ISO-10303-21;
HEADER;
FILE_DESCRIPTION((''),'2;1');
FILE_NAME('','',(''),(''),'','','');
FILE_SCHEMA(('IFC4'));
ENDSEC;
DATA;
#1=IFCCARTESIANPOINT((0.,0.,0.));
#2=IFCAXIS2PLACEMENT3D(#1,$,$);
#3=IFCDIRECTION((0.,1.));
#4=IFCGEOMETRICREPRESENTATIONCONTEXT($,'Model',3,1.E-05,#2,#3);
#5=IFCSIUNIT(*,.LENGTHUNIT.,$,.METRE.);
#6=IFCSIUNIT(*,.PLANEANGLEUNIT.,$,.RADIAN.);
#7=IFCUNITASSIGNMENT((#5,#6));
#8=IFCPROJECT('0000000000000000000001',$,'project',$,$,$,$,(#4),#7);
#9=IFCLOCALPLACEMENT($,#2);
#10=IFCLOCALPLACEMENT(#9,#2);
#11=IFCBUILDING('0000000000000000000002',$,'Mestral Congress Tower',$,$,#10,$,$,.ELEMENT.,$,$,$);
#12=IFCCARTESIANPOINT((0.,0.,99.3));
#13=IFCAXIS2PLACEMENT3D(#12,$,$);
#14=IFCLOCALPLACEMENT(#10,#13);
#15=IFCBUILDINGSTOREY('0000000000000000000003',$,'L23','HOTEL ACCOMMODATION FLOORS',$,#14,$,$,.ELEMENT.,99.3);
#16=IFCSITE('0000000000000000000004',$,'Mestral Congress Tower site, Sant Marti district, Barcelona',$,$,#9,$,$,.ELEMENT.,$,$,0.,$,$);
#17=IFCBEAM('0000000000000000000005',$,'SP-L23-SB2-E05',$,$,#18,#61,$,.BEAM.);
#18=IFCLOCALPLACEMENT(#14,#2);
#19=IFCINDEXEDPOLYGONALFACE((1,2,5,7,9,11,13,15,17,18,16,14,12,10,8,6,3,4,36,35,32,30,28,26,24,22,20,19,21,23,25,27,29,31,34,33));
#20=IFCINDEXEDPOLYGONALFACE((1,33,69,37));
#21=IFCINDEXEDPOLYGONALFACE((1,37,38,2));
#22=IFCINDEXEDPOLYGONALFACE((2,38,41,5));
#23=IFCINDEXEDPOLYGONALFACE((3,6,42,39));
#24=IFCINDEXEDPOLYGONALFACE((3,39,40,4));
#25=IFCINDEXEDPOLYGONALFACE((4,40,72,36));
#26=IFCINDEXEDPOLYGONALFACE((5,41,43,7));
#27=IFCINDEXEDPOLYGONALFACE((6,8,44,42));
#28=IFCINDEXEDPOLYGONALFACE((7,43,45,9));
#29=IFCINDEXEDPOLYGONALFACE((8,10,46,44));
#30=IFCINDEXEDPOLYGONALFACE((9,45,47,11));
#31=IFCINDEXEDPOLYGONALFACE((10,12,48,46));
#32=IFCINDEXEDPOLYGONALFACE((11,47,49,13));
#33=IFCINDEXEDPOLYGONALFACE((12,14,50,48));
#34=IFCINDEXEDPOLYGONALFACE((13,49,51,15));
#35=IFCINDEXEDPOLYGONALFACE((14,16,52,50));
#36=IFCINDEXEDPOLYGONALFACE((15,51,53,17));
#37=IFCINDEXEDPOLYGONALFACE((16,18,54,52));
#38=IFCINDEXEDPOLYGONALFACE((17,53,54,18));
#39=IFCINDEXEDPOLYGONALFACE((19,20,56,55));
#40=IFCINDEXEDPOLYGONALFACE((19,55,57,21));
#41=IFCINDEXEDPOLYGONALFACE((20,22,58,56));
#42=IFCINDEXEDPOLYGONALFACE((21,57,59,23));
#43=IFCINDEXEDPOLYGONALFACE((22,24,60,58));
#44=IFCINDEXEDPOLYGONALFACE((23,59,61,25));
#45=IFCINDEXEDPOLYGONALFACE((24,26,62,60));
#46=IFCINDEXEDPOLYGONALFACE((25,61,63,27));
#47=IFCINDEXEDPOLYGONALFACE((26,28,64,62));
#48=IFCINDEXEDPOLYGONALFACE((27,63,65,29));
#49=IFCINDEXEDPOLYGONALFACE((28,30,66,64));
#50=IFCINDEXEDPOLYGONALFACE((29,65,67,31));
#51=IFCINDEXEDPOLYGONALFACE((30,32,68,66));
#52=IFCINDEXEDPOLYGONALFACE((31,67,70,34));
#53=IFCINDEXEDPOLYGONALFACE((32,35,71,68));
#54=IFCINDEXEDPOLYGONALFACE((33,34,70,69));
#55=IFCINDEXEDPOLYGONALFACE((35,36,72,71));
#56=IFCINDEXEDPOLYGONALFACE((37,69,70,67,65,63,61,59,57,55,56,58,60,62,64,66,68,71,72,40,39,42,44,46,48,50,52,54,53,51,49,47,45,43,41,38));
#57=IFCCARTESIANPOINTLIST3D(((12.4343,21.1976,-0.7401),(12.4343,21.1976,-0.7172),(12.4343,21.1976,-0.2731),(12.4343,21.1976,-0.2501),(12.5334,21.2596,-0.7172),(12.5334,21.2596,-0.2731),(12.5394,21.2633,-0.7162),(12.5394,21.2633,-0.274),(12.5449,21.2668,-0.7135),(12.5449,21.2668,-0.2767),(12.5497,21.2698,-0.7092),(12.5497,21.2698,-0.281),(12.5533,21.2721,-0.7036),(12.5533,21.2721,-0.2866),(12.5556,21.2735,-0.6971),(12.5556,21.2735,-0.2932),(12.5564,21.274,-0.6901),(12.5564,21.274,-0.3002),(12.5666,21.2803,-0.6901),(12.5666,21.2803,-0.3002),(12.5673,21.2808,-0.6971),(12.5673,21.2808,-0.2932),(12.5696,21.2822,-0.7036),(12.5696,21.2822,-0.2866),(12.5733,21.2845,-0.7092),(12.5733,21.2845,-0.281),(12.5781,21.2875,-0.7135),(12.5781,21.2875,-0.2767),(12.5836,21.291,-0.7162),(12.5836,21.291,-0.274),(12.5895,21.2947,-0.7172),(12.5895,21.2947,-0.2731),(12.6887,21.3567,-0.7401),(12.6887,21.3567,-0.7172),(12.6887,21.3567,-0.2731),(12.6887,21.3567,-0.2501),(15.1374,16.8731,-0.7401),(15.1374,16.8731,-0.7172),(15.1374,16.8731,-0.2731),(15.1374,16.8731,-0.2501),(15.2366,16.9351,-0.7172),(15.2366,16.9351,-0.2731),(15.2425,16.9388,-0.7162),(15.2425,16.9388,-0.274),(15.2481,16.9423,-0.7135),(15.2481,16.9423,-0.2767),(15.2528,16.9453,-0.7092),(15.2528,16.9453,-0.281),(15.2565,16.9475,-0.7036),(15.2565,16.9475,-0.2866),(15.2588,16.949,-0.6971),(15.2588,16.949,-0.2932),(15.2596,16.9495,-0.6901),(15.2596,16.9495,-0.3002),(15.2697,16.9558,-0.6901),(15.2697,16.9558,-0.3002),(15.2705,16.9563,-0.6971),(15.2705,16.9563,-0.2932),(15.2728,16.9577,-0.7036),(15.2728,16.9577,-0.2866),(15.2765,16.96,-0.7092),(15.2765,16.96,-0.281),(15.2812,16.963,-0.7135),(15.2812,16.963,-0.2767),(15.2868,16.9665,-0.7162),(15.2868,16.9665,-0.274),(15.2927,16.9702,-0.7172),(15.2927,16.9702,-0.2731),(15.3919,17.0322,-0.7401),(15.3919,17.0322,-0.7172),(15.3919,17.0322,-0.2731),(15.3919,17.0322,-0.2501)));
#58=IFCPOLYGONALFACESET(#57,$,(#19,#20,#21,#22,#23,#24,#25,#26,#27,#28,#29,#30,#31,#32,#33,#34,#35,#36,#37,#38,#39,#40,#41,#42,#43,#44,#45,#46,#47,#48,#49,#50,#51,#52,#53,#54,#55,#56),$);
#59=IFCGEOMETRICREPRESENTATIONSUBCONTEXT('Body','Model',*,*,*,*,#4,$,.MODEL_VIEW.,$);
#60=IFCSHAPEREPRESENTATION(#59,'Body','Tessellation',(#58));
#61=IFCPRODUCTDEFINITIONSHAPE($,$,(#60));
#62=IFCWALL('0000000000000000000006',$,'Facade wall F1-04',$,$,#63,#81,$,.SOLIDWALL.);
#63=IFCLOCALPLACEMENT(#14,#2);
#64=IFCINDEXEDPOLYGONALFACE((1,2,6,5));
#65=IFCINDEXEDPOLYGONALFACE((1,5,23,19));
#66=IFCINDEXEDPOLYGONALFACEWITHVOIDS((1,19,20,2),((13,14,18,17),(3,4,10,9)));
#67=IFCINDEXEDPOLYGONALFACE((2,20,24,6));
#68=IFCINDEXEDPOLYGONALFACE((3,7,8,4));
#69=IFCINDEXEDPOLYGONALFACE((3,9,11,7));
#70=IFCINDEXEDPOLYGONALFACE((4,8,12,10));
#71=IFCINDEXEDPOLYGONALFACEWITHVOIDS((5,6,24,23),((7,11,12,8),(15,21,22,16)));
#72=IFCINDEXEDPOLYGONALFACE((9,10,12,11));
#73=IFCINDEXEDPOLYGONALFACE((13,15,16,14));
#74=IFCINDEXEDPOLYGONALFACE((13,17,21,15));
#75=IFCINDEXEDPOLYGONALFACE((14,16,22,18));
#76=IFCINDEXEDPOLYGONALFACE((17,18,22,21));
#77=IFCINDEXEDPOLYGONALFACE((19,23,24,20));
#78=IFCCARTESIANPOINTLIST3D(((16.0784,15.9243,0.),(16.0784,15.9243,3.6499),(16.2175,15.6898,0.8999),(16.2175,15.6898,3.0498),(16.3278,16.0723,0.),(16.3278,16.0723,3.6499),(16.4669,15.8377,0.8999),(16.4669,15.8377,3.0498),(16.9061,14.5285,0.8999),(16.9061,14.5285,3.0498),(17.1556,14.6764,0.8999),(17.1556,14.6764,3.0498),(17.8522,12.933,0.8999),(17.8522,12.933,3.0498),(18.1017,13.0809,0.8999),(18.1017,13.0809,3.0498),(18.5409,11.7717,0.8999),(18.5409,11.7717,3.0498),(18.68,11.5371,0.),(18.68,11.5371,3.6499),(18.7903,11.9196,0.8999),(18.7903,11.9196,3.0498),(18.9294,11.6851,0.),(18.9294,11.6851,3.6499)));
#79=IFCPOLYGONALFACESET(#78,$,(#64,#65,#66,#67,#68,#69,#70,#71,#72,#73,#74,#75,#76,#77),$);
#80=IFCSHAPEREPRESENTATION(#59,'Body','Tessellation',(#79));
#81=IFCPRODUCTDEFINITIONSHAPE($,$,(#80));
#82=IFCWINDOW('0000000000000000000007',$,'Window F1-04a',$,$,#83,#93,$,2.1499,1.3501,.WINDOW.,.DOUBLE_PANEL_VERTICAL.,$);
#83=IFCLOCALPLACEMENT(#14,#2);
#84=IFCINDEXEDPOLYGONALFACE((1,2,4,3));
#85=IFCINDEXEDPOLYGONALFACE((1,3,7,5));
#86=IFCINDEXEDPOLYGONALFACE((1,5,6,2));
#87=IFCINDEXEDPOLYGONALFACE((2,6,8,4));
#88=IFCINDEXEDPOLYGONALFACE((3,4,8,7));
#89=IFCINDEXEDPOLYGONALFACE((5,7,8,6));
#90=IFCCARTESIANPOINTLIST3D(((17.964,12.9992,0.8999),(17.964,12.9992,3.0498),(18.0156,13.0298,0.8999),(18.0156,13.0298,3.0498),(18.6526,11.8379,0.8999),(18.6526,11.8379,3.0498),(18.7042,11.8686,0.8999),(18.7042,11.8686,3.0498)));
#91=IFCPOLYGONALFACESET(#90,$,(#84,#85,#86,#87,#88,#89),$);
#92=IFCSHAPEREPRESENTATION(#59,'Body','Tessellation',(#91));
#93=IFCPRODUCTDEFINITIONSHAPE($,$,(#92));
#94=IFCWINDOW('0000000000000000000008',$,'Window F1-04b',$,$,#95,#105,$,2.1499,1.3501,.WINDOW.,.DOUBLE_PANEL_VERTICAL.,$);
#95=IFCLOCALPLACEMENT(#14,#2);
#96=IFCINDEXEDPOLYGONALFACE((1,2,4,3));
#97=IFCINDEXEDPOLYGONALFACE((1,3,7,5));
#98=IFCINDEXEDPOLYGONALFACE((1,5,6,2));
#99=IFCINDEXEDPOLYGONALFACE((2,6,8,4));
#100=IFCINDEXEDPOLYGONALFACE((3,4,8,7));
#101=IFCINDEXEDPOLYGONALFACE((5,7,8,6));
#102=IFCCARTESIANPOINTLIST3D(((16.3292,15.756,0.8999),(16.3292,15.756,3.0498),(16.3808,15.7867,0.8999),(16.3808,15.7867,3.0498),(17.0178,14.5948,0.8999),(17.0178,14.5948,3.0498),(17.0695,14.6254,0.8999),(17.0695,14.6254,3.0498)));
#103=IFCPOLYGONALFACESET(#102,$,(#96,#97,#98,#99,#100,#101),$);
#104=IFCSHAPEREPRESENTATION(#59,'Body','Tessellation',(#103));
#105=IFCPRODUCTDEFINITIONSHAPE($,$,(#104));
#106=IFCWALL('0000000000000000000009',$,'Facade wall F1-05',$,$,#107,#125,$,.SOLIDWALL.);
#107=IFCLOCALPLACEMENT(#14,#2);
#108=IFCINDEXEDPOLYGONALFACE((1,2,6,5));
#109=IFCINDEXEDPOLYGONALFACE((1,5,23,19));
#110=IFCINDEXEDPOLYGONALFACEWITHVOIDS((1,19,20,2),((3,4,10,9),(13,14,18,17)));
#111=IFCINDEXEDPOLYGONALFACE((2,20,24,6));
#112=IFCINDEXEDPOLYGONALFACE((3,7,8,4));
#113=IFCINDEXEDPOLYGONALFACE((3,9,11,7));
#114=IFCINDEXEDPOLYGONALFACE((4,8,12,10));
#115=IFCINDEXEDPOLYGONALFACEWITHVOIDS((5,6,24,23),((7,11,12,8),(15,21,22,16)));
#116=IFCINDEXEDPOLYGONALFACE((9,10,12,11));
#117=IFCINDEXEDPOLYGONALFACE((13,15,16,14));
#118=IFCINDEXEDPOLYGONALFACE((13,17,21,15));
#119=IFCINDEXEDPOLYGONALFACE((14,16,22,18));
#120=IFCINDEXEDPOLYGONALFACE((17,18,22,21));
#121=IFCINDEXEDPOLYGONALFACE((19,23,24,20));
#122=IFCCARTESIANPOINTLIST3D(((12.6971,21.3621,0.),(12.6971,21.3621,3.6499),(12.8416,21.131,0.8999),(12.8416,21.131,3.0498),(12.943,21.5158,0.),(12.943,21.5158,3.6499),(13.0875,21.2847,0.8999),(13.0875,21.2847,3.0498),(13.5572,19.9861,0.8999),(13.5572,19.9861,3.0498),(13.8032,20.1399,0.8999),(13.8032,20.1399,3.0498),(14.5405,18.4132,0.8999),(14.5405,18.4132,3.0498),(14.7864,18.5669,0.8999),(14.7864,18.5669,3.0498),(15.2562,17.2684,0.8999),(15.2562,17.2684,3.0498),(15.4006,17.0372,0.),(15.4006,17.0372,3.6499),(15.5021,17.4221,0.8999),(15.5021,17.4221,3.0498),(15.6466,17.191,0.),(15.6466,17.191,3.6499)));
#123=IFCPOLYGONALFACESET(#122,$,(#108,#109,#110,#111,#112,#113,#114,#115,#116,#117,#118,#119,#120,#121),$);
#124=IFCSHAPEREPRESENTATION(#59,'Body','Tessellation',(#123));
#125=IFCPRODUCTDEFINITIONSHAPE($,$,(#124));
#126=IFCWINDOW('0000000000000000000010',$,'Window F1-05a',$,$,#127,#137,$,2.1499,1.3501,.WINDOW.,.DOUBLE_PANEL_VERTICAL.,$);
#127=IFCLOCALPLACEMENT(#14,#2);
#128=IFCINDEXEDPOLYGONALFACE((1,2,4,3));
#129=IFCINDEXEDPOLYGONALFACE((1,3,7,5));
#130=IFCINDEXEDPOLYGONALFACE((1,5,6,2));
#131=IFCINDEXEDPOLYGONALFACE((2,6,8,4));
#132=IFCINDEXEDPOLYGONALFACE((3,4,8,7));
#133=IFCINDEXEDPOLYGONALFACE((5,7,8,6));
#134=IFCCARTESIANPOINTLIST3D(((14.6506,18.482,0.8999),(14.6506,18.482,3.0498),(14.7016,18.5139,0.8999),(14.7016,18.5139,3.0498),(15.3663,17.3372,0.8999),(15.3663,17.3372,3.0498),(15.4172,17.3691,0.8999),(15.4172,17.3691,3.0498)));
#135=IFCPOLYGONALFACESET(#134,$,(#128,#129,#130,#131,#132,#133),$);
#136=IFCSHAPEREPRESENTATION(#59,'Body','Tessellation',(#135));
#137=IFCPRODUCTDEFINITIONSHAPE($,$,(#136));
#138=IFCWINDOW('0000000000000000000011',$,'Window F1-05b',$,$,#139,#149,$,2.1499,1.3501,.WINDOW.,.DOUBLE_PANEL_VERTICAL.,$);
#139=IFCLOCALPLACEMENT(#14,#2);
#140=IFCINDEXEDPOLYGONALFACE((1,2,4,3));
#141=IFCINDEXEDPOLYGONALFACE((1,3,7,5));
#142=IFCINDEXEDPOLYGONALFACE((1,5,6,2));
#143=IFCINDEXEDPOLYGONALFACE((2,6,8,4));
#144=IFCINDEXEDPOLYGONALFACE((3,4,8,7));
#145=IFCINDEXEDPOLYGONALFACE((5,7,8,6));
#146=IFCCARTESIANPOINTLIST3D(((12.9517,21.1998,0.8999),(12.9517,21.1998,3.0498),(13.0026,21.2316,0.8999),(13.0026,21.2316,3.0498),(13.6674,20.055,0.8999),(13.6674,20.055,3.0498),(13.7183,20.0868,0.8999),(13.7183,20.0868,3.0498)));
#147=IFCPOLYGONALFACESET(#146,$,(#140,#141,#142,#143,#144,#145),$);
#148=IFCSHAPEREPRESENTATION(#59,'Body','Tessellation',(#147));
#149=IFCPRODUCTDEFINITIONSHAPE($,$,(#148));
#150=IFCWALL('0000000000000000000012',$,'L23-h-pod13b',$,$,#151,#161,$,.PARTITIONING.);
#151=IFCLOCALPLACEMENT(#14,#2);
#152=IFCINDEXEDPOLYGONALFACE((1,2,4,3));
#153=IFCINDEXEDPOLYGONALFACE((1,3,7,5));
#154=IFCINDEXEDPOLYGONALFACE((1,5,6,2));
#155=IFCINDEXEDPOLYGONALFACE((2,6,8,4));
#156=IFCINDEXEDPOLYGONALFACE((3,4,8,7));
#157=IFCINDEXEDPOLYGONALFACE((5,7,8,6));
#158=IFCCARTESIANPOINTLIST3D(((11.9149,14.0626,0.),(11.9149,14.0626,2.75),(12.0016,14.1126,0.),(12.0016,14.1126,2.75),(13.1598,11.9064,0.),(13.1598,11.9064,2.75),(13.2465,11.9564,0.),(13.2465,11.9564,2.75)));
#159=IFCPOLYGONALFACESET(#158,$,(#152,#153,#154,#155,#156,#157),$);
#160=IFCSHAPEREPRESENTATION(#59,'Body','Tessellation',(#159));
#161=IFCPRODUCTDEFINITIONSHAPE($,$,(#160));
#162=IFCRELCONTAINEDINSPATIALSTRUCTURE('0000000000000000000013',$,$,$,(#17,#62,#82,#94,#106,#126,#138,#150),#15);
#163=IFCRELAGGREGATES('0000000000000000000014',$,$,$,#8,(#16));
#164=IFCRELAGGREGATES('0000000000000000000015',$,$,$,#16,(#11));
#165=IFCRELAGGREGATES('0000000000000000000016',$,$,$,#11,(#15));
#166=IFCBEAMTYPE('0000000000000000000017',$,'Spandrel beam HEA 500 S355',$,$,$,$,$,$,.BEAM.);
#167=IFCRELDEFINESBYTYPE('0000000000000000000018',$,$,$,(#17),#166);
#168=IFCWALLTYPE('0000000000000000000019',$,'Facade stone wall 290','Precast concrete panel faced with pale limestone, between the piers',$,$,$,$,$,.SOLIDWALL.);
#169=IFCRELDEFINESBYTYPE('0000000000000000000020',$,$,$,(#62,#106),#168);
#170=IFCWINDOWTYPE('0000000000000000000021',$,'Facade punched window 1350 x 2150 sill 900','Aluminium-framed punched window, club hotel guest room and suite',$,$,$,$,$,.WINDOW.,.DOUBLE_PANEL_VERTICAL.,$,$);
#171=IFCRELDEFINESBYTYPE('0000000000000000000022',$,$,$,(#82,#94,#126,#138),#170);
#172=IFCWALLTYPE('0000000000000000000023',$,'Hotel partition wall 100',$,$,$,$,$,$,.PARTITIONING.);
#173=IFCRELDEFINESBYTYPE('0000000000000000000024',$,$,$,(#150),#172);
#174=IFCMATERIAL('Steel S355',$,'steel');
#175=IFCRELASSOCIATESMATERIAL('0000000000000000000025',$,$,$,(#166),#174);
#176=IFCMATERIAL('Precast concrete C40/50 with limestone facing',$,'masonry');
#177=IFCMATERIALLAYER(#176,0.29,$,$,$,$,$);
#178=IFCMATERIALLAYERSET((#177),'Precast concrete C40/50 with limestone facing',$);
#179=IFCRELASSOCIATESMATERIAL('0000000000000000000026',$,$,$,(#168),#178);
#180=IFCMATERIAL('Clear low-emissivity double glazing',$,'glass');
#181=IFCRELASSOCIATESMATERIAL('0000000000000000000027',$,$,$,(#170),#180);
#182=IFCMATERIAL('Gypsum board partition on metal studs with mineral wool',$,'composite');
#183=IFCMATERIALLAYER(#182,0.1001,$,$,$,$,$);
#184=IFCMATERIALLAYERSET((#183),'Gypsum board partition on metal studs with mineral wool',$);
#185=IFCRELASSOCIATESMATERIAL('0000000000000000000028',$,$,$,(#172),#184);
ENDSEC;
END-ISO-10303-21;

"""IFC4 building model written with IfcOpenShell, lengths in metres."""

from ifc_helpers import new_model, si_unit, direction, frame, frame_2d, origin, origin_2d, place, context, subcontext, project, spatial, rectangle, i_section, extrude, material, layer, layer_set, material_profile, profile_set, type_object, element, fill, save


model = new_model("IFC4")

# Units and contexts
model_context = context("Model", 3, precision=1e-05, world=origin(), true_north=direction((0.0, 1.0)))
body_context = subcontext(model_context, "Body", "Model", "MODEL_VIEW")
ifc_project = project(units=[si_unit("LENGTHUNIT", "METRE"), si_unit("PLANEANGLEUNIT", "RADIAN")], contexts=[model_context])

# Site, building, storey
site_placement = place(None, origin())
site = spatial("IfcSite", under=ifc_project, at=site_placement, Name="Mestral Congress Tower site, Sant Marti district, Barcelona", CompositionType="ELEMENT", RefElevation=0.0)
building_placement = place(site_placement, origin())
building = spatial("IfcBuilding", under=site, at=building_placement, Name="Mestral Congress Tower", CompositionType="ELEMENT")
storey_placement = place(building_placement, frame((0.0, 0.0, 99.3)))
storey = spatial("IfcBuildingStorey", under=building, at=storey_placement, Name="L23", Description="HOTEL ACCOMMODATION FLOORS", CompositionType="ELEMENT", Elevation=99.3)

# Beam
ifc_material_1 = material(Name="Steel S355", Category="steel")
ifc_material_profile_1 = material_profile(ifc_material_1, i_section(OverallWidth=0.3, OverallDepth=0.49, WebThickness=0.012, FlangeThickness=0.0229, FilletRadius=0.0271, at=origin_2d()), Name="HEA 500")
ifc_profile_set_1 = profile_set([ifc_material_profile_1], Name="Steel S355")
beam_type_1 = type_object("IfcBeamType", Name="Spandrel beam HEA 500 S355", PredefinedType="BEAM", material=ifc_profile_set_1)
for number, where, z_axis, x_axis, name in (
    (1, (15.2646, 16.9526, -0.4951), (-0.530046, 0.847969, 0.0), (-0.847969, -0.530046, 0.0), "SP-L23-SB2-E05"),
):
    element("IfcBeam", number, at=place(storey_placement, frame(where, z_axis=z_axis, x_axis=x_axis)), inside=storey, type_object=beam_type_1, Name=name, PredefinedType="BEAM", context=body_context, shape_type="SweptSolid", body=[
        extrude(i_section(OverallWidth=0.3, OverallDepth=0.49, WebThickness=0.012, FlangeThickness=0.0229, FilletRadius=0.0271, at=origin_2d()), origin(), (0.0, 0.0, 1.0), 5.0999),
    ])

# Walls, openings, windows
ifc_material_2 = material(Name="Precast concrete C40/50 with limestone facing", Category="masonry")
ifc_layer_1 = layer(ifc_material_2, 0.29)
ifc_layer_set_1 = layer_set([ifc_layer_1], Name="Precast concrete C40/50 with limestone facing")
wall_type_1 = type_object("IfcWallType", Name="Facade stone wall 290", Description="Precast concrete panel faced with pale limestone, between the piers", PredefinedType="SOLIDWALL", material=ifc_layer_set_1)
wall_1_placement = place(storey_placement, frame((18.8047, 11.6111, 0.0), z_axis=(0.0, 0.0, 1.0), x_axis=(-0.510054, 0.860142, 0.0)))
wall_1 = element("IfcWall", 2, at=wall_1_placement, inside=storey, type_object=wall_type_1, Name="Facade wall F1-04", PredefinedType="SOLIDWALL", context=body_context, shape_type="SweptSolid", body=[
    extrude(rectangle(XDim=5.1006, YDim=0.29, at=frame_2d((2.5503, 0.0))), origin(), (0.0, 0.0, 1.0), 3.6499),
])
opening_1_placement = place(wall_1_placement, frame((0.2727, 0.0, 0.8999)))
opening_1 = element("IfcOpeningElement", 3, at=opening_1_placement, cuts=wall_1, PredefinedType="OPENING", context=body_context, shape_type="SweptSolid", body=[
    extrude(rectangle(XDim=1.3501, YDim=2.1499, at=frame_2d((0.675, 1.075))), frame((0.0, 0.155, 0.0), z_axis=(0.0, -1.0, 0.0), x_axis=(1.0, 0.0, 0.0)), (0.0, 0.0, 1.0), 0.3101),
])
opening_2_placement = place(wall_1_placement, frame((3.4778, 0.0, 0.8999)))
opening_2 = element("IfcOpeningElement", 4, at=opening_2_placement, cuts=wall_1, PredefinedType="OPENING", context=body_context, shape_type="SweptSolid", body=[
    extrude(rectangle(XDim=1.3501, YDim=2.1499, at=frame_2d((0.675, 1.075))), frame((0.0, 0.155, 0.0), z_axis=(0.0, -1.0, 0.0), x_axis=(1.0, 0.0, 0.0)), (0.0, 0.0, 1.0), 0.3101),
])
ifc_material_3 = material(Name="Clear low-emissivity double glazing", Category="glass")
window_type = type_object("IfcWindowType", Name="Facade punched window 1350 x 2150 sill 900", Description="Aluminium-framed punched window, club hotel guest room and suite", PartitioningType="DOUBLE_PANEL_VERTICAL", PredefinedType="WINDOW", material=ifc_material_3)
window_1_placement = place(opening_1_placement, origin())
window_1 = element("IfcWindow", 5, at=window_1_placement, inside=storey, type_object=window_type, Name="Window F1-04a", OverallHeight=2.1499, OverallWidth=1.3501, PartitioningType="DOUBLE_PANEL_VERTICAL", PredefinedType="WINDOW", context=body_context, shape_type="SweptSolid", body=[
    extrude(rectangle(XDim=1.3501, YDim=2.1499, at=frame_2d((0.675, 1.075))), frame((0.0, 0.0151, 0.0), z_axis=(0.0, -1.0, 0.0), x_axis=(1.0, 0.0, 0.0)), (0.0, 0.0, 1.0), 0.0601),
])
fill(opening_1, window_1)
window_2_placement = place(opening_2_placement, origin())
window_2 = element("IfcWindow", 6, at=window_2_placement, inside=storey, type_object=window_type, Name="Window F1-04b", OverallHeight=2.1499, OverallWidth=1.3501, PartitioningType="DOUBLE_PANEL_VERTICAL", PredefinedType="WINDOW", context=body_context, shape_type="SweptSolid", body=[
    extrude(rectangle(XDim=1.3501, YDim=2.1499, at=frame_2d((0.675, 1.075))), frame((0.0, 0.0151, 0.0), z_axis=(0.0, -1.0, 0.0), x_axis=(1.0, 0.0, 0.0)), (0.0, 0.0, 1.0), 0.0601),
])
fill(opening_2, window_2)
wall_2_placement = place(storey_placement, frame((15.5237, 17.114, 0.0), z_axis=(0.0, 0.0, 1.0), x_axis=(-0.530072, 0.847953, 0.0)))
wall_2 = element("IfcWall", 7, at=wall_2_placement, inside=storey, type_object=wall_type_1, Name="Facade wall F1-05", PredefinedType="SOLIDWALL", context=body_context, shape_type="SweptSolid", body=[
    extrude(rectangle(XDim=5.1003, YDim=0.29, at=frame_2d((2.5503, 0.0))), origin(), (0.0, 0.0, 1.0), 3.6499),
])
opening_3_placement = place(wall_2_placement, frame((0.2727, 0.0, 0.8999)))
opening_3 = element("IfcOpeningElement", 8, at=opening_3_placement, cuts=wall_2, PredefinedType="OPENING", context=body_context, shape_type="SweptSolid", body=[
    extrude(rectangle(XDim=1.3501, YDim=2.1499, at=frame_2d((0.675, 1.075))), frame((0.0, 0.155, 0.0), z_axis=(0.0, -1.0, 0.0), x_axis=(1.0, 0.0, 0.0)), (0.0, 0.0, 1.0), 0.3101),
])
opening_4_placement = place(wall_2_placement, frame((3.4778, 0.0, 0.8999)))
opening_4 = element("IfcOpeningElement", 9, at=opening_4_placement, cuts=wall_2, PredefinedType="OPENING", context=body_context, shape_type="SweptSolid", body=[
    extrude(rectangle(XDim=1.3501, YDim=2.1499, at=frame_2d((0.675, 1.075))), frame((0.0, 0.155, 0.0), z_axis=(0.0, -1.0, 0.0), x_axis=(1.0, 0.0, 0.0)), (0.0, 0.0, 1.0), 0.3101),
])
window_3_placement = place(opening_3_placement, origin())
window_3 = element("IfcWindow", 10, at=window_3_placement, inside=storey, type_object=window_type, Name="Window F1-05a", OverallHeight=2.1499, OverallWidth=1.3501, PartitioningType="DOUBLE_PANEL_VERTICAL", PredefinedType="WINDOW", context=body_context, shape_type="SweptSolid", body=[
    extrude(rectangle(XDim=1.3501, YDim=2.1499, at=frame_2d((0.675, 1.075))), frame((0.0, 0.0151, 0.0), z_axis=(0.0, -1.0, 0.0), x_axis=(1.0, 0.0, 0.0)), (0.0, 0.0, 1.0), 0.0601),
])
fill(opening_3, window_3)
window_4_placement = place(opening_4_placement, origin())
window_4 = element("IfcWindow", 11, at=window_4_placement, inside=storey, type_object=window_type, Name="Window F1-05b", OverallHeight=2.1499, OverallWidth=1.3501, PartitioningType="DOUBLE_PANEL_VERTICAL", PredefinedType="WINDOW", context=body_context, shape_type="SweptSolid", body=[
    extrude(rectangle(XDim=1.3501, YDim=2.1499, at=frame_2d((0.675, 1.075))), frame((0.0, 0.0151, 0.0), z_axis=(0.0, -1.0, 0.0), x_axis=(1.0, 0.0, 0.0)), (0.0, 0.0, 1.0), 0.0601),
])
fill(opening_4, window_4)

# Wall
ifc_material_4 = material(Name="Gypsum board partition on metal studs with mineral wool", Category="composite")
ifc_layer_2 = layer(ifc_material_4, 0.1001)
ifc_layer_set_2 = layer_set([ifc_layer_2], Name="Gypsum board partition on metal studs with mineral wool")
wall_type_2 = type_object("IfcWallType", Name="Hotel partition wall 100", PredefinedType="PARTITIONING", material=ifc_layer_set_2)
wall_3_placement = place(storey_placement, frame((13.2031, 11.9314, 0.0), z_axis=(0.0, 0.0, 1.0), x_axis=(-0.499988, 0.866032, 0.0)))
element("IfcWall", 12, at=wall_3_placement, inside=storey, type_object=wall_type_2, Name="L23-h-pod13b", PredefinedType="PARTITIONING", context=body_context, shape_type="SweptSolid", body=[
    extrude(rectangle(XDim=2.4897, YDim=0.1001, at=frame_2d((1.2449, 0.0))), origin(), (0.0, 0.0, 1.0), 2.75),
])

save(model, "model.ifc")
